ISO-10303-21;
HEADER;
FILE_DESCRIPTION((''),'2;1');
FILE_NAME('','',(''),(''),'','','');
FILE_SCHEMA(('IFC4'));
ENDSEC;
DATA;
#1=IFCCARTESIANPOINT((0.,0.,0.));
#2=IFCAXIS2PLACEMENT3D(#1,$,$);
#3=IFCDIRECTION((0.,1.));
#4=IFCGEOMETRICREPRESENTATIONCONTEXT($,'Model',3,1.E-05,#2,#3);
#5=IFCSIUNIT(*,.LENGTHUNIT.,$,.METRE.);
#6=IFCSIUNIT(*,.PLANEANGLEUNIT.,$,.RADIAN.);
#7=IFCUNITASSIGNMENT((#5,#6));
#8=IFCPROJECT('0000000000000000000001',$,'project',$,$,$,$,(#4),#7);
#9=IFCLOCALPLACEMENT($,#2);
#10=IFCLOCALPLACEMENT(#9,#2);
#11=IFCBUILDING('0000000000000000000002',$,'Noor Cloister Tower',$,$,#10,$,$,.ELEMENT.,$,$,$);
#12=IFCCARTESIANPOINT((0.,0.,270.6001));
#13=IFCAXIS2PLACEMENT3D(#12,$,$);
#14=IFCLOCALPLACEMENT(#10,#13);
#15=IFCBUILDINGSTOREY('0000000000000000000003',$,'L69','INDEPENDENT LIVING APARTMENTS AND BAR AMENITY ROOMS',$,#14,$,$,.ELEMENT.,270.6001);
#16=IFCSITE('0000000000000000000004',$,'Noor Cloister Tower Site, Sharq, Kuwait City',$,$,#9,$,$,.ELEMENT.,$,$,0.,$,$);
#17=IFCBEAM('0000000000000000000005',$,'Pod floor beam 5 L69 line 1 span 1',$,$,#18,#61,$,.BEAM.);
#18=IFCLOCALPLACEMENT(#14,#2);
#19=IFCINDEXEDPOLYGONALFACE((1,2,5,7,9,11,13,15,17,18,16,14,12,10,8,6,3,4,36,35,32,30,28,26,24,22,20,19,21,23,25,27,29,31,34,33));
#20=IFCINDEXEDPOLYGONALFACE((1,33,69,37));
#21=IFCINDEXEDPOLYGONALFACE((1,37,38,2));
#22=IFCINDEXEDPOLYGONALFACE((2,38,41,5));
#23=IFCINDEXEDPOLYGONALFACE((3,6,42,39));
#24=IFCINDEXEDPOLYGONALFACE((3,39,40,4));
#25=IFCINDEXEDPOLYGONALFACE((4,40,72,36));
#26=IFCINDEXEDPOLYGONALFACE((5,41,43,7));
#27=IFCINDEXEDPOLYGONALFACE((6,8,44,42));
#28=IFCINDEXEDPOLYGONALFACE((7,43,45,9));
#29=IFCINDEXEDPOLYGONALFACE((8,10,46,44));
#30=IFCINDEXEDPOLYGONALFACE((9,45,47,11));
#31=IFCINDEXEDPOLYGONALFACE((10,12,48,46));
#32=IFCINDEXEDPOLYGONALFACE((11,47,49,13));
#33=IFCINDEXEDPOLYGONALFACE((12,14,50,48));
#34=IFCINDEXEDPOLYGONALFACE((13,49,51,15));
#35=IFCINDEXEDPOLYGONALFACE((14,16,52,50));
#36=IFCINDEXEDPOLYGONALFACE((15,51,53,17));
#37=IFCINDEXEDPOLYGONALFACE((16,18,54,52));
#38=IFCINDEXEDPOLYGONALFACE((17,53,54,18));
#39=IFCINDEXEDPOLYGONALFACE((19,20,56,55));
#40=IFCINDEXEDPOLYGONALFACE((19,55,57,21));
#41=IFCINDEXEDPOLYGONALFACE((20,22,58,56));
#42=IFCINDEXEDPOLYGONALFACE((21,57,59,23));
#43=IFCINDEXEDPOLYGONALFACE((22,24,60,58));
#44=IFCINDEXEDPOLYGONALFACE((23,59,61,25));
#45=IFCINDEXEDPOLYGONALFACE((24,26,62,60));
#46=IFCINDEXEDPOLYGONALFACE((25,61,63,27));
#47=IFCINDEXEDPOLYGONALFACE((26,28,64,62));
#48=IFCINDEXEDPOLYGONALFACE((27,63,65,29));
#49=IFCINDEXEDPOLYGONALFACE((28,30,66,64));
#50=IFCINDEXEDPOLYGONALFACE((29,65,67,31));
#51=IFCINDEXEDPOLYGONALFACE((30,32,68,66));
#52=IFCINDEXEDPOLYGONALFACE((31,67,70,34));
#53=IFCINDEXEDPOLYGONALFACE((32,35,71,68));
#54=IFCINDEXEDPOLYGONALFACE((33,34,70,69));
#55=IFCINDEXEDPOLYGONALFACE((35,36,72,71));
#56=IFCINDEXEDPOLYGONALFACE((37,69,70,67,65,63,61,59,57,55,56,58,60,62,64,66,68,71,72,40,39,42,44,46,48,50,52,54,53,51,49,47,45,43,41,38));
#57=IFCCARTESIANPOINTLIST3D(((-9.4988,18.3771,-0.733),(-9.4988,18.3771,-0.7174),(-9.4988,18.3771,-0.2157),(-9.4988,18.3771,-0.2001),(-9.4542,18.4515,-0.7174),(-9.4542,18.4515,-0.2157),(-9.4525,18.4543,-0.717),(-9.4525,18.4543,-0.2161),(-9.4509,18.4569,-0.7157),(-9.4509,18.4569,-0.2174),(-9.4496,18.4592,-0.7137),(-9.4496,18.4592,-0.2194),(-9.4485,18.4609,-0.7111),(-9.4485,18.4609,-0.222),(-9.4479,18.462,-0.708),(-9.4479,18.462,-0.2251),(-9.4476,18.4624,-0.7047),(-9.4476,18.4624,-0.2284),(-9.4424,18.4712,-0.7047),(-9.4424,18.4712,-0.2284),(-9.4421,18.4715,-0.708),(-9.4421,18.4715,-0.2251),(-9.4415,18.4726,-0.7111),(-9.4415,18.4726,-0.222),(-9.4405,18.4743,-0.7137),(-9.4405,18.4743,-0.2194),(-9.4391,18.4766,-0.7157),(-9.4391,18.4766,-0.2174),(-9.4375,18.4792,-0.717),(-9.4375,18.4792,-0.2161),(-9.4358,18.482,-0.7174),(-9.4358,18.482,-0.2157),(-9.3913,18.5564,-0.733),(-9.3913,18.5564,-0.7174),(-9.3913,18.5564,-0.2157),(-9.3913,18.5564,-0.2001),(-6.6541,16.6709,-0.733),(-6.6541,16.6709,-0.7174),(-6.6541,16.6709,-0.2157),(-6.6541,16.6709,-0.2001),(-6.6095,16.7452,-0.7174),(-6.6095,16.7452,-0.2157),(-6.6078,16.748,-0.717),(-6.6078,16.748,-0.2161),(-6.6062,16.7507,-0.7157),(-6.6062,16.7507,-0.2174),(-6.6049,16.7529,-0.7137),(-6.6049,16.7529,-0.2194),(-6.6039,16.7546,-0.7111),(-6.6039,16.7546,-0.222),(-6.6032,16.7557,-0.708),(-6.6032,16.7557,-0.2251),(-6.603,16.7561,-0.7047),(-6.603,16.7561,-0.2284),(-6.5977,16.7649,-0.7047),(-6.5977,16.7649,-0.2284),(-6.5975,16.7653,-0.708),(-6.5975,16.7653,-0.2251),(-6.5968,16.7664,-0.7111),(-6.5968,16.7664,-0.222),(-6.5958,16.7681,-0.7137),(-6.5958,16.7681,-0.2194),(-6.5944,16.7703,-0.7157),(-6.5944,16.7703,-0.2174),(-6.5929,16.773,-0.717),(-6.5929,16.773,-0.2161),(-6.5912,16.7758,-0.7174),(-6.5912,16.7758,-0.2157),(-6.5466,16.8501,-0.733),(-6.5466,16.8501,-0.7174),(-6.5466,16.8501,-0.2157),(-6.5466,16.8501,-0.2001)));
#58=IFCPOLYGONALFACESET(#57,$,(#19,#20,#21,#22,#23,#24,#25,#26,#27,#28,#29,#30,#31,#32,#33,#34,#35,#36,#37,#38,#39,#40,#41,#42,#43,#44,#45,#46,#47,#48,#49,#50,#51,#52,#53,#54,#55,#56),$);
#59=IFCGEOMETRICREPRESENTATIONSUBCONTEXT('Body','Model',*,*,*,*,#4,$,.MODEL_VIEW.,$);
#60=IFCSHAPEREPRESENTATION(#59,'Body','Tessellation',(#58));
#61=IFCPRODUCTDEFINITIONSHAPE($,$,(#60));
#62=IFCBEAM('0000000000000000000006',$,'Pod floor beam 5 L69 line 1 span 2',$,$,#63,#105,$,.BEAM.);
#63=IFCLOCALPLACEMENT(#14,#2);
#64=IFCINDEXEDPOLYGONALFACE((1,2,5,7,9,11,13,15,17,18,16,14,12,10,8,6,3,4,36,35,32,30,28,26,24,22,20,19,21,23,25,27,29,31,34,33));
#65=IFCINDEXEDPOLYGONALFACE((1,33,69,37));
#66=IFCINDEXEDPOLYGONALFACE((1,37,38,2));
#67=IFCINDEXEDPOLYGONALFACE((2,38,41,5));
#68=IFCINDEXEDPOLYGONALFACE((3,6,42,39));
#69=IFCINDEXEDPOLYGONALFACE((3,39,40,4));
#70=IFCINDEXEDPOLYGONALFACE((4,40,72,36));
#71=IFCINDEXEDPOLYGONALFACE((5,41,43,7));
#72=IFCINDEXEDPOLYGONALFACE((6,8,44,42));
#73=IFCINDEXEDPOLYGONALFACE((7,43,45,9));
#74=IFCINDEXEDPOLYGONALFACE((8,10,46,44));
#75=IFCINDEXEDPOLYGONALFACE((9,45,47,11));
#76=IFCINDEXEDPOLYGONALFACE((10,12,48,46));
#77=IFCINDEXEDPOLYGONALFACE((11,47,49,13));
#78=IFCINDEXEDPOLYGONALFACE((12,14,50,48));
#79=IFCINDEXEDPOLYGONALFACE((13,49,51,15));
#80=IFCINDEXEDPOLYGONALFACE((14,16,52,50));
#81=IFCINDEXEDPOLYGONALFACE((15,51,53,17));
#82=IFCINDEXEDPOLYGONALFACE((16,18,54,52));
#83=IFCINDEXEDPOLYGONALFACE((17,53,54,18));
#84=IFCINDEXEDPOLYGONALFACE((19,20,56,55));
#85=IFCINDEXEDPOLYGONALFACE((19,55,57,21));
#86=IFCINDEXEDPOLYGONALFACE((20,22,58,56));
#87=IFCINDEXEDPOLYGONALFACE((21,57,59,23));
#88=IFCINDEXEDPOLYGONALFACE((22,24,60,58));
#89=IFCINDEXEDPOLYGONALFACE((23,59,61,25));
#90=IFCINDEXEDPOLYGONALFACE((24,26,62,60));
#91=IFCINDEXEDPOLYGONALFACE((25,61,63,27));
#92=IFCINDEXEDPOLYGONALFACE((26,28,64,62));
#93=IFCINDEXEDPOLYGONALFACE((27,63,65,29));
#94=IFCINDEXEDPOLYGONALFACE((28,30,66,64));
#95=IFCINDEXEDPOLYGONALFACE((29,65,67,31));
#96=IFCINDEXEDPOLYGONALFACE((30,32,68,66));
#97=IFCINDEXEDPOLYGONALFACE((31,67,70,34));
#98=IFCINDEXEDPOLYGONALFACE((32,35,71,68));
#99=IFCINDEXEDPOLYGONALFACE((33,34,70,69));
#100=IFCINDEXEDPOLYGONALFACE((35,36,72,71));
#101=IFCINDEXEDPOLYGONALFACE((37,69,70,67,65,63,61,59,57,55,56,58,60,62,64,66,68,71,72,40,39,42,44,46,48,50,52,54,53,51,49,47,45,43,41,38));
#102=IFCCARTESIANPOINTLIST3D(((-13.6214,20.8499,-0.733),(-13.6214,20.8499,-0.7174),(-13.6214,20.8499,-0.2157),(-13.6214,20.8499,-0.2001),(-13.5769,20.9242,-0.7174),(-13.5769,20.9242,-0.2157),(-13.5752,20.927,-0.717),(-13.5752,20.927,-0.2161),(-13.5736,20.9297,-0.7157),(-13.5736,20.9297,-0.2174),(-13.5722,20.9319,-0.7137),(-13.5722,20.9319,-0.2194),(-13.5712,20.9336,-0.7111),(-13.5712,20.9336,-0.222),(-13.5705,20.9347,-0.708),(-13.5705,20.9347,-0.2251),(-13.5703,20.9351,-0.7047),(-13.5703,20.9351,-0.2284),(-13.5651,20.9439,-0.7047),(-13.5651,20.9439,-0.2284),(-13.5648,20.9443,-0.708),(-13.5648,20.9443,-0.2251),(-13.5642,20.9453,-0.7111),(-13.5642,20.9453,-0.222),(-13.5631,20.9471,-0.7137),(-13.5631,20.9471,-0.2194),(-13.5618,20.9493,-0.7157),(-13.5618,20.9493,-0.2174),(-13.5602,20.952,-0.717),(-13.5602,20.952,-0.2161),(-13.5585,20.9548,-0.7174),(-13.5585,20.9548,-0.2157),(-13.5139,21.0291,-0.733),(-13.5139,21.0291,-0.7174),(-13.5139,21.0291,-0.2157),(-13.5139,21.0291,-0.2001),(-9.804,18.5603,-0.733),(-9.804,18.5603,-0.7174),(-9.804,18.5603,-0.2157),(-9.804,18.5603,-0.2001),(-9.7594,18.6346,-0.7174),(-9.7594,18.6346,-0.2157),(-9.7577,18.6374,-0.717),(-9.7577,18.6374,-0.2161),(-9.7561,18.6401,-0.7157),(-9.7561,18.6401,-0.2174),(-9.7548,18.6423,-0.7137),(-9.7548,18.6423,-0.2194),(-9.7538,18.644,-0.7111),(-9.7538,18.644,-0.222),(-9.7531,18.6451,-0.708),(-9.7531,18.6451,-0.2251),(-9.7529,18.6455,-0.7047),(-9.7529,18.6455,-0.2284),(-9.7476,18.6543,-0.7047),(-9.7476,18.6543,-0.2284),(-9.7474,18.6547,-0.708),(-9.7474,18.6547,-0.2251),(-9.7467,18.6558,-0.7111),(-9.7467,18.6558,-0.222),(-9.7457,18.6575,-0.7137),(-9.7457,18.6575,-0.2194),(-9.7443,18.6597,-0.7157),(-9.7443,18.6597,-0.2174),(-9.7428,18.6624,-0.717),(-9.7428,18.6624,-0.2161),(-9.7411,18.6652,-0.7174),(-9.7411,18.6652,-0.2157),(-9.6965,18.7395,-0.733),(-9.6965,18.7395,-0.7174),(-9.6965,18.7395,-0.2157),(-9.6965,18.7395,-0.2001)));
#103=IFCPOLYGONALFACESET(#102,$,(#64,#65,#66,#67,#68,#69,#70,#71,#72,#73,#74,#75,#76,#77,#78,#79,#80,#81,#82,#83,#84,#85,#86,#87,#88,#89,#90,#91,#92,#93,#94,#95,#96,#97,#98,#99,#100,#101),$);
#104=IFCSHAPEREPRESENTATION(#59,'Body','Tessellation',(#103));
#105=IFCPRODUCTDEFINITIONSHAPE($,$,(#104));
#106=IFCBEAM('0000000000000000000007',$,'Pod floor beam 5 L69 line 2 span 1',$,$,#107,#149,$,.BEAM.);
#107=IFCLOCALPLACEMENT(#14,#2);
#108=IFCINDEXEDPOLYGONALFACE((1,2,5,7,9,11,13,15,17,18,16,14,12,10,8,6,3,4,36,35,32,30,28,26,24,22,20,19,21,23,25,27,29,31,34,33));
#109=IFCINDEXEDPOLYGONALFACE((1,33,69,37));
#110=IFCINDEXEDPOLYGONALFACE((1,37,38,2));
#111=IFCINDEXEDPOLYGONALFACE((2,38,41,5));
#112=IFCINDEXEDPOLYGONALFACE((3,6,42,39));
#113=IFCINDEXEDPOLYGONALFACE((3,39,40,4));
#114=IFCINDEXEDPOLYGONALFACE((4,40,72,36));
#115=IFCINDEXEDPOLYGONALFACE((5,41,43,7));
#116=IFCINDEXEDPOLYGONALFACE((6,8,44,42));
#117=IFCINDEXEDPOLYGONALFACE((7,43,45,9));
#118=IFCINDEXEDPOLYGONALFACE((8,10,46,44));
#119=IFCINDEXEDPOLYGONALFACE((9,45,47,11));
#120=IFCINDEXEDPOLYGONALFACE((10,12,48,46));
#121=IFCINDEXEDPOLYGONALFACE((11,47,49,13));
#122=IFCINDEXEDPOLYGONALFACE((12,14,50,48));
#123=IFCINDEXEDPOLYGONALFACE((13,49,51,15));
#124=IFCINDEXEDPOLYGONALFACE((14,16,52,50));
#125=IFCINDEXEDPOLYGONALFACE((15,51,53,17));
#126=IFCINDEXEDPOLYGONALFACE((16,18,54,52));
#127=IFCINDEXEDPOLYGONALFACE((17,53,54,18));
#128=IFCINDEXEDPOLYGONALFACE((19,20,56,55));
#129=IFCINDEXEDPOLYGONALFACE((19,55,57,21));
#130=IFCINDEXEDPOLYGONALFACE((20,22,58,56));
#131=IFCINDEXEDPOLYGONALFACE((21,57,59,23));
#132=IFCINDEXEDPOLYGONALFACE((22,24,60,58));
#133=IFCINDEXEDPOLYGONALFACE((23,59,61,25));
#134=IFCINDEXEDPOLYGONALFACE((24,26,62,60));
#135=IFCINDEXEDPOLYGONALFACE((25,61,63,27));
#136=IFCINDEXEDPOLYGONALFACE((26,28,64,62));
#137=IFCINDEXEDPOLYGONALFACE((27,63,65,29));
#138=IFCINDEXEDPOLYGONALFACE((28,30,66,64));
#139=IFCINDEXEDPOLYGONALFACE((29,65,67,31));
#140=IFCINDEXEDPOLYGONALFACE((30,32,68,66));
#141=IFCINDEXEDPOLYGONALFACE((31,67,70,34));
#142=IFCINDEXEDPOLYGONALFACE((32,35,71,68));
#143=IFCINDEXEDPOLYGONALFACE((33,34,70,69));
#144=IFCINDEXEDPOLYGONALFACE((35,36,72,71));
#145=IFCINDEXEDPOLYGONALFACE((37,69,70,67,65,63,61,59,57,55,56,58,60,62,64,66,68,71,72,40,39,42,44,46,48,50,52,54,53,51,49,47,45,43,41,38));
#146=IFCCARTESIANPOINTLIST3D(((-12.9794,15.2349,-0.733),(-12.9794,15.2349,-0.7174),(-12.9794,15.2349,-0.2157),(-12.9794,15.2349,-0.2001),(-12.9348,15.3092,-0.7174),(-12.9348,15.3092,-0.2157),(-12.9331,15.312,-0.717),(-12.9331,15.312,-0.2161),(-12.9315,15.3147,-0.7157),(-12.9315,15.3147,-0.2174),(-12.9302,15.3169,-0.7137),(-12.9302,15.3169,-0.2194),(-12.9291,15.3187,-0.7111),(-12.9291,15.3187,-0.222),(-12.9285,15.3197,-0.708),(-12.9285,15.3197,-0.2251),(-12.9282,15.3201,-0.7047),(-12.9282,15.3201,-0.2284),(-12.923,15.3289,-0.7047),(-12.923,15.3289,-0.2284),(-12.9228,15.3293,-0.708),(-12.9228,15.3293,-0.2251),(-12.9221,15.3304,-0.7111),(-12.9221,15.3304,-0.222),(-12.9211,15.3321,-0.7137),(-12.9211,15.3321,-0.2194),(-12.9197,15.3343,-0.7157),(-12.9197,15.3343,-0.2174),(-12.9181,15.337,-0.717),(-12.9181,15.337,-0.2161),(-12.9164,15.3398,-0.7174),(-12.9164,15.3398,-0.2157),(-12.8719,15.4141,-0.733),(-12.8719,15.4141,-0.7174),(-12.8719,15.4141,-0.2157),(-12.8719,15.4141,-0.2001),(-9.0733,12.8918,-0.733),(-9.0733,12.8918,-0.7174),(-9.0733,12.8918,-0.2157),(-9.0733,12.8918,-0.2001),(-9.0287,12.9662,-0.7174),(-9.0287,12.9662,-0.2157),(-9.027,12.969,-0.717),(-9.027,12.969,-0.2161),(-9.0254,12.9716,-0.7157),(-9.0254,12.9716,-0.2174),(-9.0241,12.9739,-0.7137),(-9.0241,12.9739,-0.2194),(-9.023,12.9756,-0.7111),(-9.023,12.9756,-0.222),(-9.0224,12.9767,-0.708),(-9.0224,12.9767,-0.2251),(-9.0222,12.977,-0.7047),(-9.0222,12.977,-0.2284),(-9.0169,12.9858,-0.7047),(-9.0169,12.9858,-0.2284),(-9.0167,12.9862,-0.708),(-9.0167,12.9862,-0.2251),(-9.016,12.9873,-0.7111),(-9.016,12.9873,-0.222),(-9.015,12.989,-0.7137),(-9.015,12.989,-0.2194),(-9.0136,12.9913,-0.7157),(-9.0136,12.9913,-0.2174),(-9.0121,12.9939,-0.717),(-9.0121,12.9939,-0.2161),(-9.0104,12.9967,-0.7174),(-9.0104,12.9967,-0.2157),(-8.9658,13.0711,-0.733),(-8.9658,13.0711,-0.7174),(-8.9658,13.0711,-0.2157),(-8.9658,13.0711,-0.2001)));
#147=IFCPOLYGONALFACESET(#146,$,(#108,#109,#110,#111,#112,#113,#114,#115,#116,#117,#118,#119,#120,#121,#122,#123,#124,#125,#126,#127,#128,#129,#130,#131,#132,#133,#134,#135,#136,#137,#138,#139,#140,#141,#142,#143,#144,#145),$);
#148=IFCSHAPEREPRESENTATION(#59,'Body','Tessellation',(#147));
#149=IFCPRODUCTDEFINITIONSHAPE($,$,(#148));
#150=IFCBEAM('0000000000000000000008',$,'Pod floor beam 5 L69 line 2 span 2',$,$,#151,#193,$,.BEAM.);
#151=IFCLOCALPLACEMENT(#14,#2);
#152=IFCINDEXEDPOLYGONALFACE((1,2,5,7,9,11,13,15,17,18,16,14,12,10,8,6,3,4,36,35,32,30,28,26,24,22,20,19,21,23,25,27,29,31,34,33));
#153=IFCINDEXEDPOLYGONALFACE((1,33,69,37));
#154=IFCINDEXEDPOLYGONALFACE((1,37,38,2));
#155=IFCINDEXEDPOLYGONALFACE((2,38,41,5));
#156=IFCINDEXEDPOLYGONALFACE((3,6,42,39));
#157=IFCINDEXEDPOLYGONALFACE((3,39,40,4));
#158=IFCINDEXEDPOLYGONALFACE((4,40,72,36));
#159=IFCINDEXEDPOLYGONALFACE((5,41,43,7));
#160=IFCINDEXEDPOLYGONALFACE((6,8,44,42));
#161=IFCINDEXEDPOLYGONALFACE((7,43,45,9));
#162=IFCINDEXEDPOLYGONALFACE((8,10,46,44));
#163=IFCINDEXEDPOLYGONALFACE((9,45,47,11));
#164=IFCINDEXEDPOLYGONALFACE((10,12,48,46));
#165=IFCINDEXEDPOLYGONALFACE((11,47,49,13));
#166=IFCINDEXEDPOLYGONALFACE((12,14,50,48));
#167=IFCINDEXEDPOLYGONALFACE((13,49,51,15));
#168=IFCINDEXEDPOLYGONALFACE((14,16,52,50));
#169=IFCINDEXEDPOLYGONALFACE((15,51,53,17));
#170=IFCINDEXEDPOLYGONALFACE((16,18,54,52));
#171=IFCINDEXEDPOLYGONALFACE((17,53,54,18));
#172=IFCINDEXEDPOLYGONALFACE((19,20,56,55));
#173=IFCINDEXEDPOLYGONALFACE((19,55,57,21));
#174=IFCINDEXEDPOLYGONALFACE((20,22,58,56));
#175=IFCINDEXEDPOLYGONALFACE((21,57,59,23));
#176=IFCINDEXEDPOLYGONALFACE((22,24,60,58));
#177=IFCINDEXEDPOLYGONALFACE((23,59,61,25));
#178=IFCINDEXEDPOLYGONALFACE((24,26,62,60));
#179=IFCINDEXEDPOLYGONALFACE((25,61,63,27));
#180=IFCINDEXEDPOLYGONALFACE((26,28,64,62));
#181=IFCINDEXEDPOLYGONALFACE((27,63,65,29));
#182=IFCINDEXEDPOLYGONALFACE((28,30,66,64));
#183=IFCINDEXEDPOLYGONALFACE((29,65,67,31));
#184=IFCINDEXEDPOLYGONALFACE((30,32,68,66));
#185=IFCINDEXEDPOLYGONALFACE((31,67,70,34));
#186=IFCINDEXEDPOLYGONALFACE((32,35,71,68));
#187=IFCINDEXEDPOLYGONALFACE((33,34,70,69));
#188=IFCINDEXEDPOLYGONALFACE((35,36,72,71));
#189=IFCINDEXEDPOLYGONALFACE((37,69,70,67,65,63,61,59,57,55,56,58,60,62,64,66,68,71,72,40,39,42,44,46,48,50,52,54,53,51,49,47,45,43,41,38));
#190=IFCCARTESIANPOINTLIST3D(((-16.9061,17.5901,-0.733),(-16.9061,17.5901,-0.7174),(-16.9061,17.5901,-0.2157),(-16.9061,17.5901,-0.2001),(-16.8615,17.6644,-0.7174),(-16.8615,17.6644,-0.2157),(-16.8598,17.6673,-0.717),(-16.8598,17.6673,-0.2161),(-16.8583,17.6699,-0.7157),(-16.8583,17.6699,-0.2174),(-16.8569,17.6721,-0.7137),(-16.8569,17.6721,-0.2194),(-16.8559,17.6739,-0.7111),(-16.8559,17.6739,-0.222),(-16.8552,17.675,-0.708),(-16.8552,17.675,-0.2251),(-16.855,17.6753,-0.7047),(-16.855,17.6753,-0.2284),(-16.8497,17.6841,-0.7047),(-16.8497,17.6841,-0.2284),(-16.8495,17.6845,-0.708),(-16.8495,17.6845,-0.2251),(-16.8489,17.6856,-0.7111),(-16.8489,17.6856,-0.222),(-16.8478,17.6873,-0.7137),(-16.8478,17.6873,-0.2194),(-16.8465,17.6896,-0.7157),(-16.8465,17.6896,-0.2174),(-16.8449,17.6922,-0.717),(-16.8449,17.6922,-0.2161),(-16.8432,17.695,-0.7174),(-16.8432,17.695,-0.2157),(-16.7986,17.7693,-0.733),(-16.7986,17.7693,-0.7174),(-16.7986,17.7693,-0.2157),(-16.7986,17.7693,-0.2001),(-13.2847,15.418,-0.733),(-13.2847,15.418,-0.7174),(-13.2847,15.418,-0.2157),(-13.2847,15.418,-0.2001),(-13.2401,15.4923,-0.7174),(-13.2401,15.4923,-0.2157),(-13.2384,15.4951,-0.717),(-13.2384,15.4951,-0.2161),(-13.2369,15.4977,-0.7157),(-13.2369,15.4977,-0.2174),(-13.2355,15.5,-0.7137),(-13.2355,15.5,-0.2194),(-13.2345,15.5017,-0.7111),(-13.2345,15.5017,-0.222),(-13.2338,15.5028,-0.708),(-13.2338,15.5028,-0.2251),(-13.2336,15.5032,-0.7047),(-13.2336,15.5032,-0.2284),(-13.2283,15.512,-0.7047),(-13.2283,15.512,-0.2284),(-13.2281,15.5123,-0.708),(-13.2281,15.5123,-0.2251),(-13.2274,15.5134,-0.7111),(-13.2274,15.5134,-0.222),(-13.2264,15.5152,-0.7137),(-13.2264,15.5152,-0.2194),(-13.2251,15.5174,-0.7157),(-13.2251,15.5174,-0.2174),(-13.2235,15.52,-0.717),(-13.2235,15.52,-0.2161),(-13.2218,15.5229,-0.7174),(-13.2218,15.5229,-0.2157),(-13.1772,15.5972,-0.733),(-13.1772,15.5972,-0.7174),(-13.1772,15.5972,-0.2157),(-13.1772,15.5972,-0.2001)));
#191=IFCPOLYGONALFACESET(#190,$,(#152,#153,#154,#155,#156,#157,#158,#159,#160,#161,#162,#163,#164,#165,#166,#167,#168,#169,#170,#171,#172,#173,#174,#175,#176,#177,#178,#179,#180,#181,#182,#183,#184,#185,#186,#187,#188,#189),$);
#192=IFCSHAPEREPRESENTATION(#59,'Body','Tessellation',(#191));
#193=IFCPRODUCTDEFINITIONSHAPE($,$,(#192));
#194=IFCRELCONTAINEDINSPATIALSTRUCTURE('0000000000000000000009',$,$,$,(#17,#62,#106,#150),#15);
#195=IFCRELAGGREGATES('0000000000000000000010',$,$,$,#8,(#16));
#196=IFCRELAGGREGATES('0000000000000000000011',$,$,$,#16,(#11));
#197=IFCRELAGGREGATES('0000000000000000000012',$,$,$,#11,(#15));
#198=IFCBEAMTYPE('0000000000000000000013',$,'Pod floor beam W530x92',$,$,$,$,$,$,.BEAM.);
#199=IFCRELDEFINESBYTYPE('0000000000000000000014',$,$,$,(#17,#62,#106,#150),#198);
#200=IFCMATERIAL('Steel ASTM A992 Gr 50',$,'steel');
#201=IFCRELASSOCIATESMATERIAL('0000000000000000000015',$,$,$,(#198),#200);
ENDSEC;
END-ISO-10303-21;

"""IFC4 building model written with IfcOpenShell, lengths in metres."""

from ifc_helpers import new_model, si_unit, direction, frame, origin, origin_2d, place, context, subcontext, project, spatial, i_section, extrude, material, material_profile, profile_set, type_object, element, save


model = new_model("IFC4")

# Units and contexts
model_context = context("Model", 3, precision=1e-05, world=origin(), true_north=direction((0.0, 1.0)))
body_context = subcontext(model_context, "Body", "Model", "MODEL_VIEW")
ifc_project = project(units=[si_unit("LENGTHUNIT", "METRE"), si_unit("PLANEANGLEUNIT", "RADIAN")], contexts=[model_context])

# Site, building, storey
site_placement = place(None, origin())
site = spatial("IfcSite", under=ifc_project, at=site_placement, Name="Noor Cloister Tower Site, Sharq, Kuwait City", CompositionType="ELEMENT", RefElevation=0.0)
building_placement = place(site_placement, origin())
building = spatial("IfcBuilding", under=site, at=building_placement, Name="Noor Cloister Tower", CompositionType="ELEMENT")
storey_placement = place(building_placement, frame((0.0, 0.0, 270.6001)))
storey = spatial("IfcBuildingStorey", under=building, at=storey_placement, Name="L69", Description="INDEPENDENT LIVING APARTMENTS AND BAR AMENITY ROOMS", CompositionType="ELEMENT", Elevation=270.6001)

# Beams
ifc_material_1 = material(Name="Steel ASTM A992 Gr 50", Category="steel")
ifc_material_profile_1 = material_profile(ifc_material_1, i_section(OverallWidth=0.209, OverallDepth=0.533, WebThickness=0.0103, FlangeThickness=0.0156, FilletRadius=0.0127, at=origin_2d()), Name="W530x92")
ifc_profile_set_1 = profile_set([ifc_material_profile_1], Name="Steel ASTM A992 Gr 50")
beam_type_1 = type_object("IfcBeamType", Name="Pod floor beam W530x92", PredefinedType="BEAM", material=ifc_profile_set_1)
beam_1_placement = place(storey_placement, frame((-6.6003, 16.7605, -0.4666), z_axis=(-0.857564, 0.514377, 0.0), x_axis=(-0.514377, -0.857564, 0.0)))
element("IfcBeam", 1, at=beam_1_placement, inside=storey, type_object=beam_type_1, Name="Pod floor beam 5 L69 line 1 span 1", PredefinedType="BEAM", context=body_context, shape_type="SweptSolid", body=[
    extrude(i_section(OverallWidth=0.209, OverallDepth=0.533, WebThickness=0.0103, FlangeThickness=0.0156, FilletRadius=0.0127, at=origin_2d()), origin(), (0.0, 0.0, 1.0), 3.3171),
])
beam_2_placement = place(storey_placement, frame((-9.7502, 18.6499, -0.4666), z_axis=(-0.85758, 0.514351, 0.0), x_axis=(-0.514351, -0.85758, 0.0)))
element("IfcBeam", 2, at=beam_2_placement, inside=storey, type_object=beam_type_1, Name="Pod floor beam 5 L69 line 1 span 2", PredefinedType="BEAM", context=body_context, shape_type="SweptSolid", body=[
    extrude(i_section(OverallWidth=0.209, OverallDepth=0.533, WebThickness=0.0103, FlangeThickness=0.0156, FilletRadius=0.0127, at=origin_2d()), origin(), (0.0, 0.0, 1.0), 4.4514),
])
beam_3_placement = place(storey_placement, frame((-9.0195, 12.9814, -0.4666), z_axis=(-0.85755, 0.514401, 0.0), x_axis=(-0.514401, -0.85755, 0.0)))
element("IfcBeam", 3, at=beam_3_placement, inside=storey, type_object=beam_type_1, Name="Pod floor beam 5 L69 line 2 span 1", PredefinedType="BEAM", context=body_context, shape_type="SweptSolid", body=[
    extrude(i_section(OverallWidth=0.209, OverallDepth=0.533, WebThickness=0.0103, FlangeThickness=0.0156, FilletRadius=0.0127, at=origin_2d()), origin(), (0.0, 0.0, 1.0), 4.5549),
])
beam_4_placement = place(storey_placement, frame((-13.231, 15.5076, -0.4666), z_axis=(-0.857564, 0.514377, 0.0), x_axis=(-0.514377, -0.857564, 0.0)))
element("IfcBeam", 4, at=beam_4_placement, inside=storey, type_object=beam_type_1, Name="Pod floor beam 5 L69 line 2 span 2", PredefinedType="BEAM", context=body_context, shape_type="SweptSolid", body=[
    extrude(i_section(OverallWidth=0.209, OverallDepth=0.533, WebThickness=0.0103, FlangeThickness=0.0156, FilletRadius=0.0127, at=origin_2d()), origin(), (0.0, 0.0, 1.0), 4.2229),
])

save(model, "model.ifc")
